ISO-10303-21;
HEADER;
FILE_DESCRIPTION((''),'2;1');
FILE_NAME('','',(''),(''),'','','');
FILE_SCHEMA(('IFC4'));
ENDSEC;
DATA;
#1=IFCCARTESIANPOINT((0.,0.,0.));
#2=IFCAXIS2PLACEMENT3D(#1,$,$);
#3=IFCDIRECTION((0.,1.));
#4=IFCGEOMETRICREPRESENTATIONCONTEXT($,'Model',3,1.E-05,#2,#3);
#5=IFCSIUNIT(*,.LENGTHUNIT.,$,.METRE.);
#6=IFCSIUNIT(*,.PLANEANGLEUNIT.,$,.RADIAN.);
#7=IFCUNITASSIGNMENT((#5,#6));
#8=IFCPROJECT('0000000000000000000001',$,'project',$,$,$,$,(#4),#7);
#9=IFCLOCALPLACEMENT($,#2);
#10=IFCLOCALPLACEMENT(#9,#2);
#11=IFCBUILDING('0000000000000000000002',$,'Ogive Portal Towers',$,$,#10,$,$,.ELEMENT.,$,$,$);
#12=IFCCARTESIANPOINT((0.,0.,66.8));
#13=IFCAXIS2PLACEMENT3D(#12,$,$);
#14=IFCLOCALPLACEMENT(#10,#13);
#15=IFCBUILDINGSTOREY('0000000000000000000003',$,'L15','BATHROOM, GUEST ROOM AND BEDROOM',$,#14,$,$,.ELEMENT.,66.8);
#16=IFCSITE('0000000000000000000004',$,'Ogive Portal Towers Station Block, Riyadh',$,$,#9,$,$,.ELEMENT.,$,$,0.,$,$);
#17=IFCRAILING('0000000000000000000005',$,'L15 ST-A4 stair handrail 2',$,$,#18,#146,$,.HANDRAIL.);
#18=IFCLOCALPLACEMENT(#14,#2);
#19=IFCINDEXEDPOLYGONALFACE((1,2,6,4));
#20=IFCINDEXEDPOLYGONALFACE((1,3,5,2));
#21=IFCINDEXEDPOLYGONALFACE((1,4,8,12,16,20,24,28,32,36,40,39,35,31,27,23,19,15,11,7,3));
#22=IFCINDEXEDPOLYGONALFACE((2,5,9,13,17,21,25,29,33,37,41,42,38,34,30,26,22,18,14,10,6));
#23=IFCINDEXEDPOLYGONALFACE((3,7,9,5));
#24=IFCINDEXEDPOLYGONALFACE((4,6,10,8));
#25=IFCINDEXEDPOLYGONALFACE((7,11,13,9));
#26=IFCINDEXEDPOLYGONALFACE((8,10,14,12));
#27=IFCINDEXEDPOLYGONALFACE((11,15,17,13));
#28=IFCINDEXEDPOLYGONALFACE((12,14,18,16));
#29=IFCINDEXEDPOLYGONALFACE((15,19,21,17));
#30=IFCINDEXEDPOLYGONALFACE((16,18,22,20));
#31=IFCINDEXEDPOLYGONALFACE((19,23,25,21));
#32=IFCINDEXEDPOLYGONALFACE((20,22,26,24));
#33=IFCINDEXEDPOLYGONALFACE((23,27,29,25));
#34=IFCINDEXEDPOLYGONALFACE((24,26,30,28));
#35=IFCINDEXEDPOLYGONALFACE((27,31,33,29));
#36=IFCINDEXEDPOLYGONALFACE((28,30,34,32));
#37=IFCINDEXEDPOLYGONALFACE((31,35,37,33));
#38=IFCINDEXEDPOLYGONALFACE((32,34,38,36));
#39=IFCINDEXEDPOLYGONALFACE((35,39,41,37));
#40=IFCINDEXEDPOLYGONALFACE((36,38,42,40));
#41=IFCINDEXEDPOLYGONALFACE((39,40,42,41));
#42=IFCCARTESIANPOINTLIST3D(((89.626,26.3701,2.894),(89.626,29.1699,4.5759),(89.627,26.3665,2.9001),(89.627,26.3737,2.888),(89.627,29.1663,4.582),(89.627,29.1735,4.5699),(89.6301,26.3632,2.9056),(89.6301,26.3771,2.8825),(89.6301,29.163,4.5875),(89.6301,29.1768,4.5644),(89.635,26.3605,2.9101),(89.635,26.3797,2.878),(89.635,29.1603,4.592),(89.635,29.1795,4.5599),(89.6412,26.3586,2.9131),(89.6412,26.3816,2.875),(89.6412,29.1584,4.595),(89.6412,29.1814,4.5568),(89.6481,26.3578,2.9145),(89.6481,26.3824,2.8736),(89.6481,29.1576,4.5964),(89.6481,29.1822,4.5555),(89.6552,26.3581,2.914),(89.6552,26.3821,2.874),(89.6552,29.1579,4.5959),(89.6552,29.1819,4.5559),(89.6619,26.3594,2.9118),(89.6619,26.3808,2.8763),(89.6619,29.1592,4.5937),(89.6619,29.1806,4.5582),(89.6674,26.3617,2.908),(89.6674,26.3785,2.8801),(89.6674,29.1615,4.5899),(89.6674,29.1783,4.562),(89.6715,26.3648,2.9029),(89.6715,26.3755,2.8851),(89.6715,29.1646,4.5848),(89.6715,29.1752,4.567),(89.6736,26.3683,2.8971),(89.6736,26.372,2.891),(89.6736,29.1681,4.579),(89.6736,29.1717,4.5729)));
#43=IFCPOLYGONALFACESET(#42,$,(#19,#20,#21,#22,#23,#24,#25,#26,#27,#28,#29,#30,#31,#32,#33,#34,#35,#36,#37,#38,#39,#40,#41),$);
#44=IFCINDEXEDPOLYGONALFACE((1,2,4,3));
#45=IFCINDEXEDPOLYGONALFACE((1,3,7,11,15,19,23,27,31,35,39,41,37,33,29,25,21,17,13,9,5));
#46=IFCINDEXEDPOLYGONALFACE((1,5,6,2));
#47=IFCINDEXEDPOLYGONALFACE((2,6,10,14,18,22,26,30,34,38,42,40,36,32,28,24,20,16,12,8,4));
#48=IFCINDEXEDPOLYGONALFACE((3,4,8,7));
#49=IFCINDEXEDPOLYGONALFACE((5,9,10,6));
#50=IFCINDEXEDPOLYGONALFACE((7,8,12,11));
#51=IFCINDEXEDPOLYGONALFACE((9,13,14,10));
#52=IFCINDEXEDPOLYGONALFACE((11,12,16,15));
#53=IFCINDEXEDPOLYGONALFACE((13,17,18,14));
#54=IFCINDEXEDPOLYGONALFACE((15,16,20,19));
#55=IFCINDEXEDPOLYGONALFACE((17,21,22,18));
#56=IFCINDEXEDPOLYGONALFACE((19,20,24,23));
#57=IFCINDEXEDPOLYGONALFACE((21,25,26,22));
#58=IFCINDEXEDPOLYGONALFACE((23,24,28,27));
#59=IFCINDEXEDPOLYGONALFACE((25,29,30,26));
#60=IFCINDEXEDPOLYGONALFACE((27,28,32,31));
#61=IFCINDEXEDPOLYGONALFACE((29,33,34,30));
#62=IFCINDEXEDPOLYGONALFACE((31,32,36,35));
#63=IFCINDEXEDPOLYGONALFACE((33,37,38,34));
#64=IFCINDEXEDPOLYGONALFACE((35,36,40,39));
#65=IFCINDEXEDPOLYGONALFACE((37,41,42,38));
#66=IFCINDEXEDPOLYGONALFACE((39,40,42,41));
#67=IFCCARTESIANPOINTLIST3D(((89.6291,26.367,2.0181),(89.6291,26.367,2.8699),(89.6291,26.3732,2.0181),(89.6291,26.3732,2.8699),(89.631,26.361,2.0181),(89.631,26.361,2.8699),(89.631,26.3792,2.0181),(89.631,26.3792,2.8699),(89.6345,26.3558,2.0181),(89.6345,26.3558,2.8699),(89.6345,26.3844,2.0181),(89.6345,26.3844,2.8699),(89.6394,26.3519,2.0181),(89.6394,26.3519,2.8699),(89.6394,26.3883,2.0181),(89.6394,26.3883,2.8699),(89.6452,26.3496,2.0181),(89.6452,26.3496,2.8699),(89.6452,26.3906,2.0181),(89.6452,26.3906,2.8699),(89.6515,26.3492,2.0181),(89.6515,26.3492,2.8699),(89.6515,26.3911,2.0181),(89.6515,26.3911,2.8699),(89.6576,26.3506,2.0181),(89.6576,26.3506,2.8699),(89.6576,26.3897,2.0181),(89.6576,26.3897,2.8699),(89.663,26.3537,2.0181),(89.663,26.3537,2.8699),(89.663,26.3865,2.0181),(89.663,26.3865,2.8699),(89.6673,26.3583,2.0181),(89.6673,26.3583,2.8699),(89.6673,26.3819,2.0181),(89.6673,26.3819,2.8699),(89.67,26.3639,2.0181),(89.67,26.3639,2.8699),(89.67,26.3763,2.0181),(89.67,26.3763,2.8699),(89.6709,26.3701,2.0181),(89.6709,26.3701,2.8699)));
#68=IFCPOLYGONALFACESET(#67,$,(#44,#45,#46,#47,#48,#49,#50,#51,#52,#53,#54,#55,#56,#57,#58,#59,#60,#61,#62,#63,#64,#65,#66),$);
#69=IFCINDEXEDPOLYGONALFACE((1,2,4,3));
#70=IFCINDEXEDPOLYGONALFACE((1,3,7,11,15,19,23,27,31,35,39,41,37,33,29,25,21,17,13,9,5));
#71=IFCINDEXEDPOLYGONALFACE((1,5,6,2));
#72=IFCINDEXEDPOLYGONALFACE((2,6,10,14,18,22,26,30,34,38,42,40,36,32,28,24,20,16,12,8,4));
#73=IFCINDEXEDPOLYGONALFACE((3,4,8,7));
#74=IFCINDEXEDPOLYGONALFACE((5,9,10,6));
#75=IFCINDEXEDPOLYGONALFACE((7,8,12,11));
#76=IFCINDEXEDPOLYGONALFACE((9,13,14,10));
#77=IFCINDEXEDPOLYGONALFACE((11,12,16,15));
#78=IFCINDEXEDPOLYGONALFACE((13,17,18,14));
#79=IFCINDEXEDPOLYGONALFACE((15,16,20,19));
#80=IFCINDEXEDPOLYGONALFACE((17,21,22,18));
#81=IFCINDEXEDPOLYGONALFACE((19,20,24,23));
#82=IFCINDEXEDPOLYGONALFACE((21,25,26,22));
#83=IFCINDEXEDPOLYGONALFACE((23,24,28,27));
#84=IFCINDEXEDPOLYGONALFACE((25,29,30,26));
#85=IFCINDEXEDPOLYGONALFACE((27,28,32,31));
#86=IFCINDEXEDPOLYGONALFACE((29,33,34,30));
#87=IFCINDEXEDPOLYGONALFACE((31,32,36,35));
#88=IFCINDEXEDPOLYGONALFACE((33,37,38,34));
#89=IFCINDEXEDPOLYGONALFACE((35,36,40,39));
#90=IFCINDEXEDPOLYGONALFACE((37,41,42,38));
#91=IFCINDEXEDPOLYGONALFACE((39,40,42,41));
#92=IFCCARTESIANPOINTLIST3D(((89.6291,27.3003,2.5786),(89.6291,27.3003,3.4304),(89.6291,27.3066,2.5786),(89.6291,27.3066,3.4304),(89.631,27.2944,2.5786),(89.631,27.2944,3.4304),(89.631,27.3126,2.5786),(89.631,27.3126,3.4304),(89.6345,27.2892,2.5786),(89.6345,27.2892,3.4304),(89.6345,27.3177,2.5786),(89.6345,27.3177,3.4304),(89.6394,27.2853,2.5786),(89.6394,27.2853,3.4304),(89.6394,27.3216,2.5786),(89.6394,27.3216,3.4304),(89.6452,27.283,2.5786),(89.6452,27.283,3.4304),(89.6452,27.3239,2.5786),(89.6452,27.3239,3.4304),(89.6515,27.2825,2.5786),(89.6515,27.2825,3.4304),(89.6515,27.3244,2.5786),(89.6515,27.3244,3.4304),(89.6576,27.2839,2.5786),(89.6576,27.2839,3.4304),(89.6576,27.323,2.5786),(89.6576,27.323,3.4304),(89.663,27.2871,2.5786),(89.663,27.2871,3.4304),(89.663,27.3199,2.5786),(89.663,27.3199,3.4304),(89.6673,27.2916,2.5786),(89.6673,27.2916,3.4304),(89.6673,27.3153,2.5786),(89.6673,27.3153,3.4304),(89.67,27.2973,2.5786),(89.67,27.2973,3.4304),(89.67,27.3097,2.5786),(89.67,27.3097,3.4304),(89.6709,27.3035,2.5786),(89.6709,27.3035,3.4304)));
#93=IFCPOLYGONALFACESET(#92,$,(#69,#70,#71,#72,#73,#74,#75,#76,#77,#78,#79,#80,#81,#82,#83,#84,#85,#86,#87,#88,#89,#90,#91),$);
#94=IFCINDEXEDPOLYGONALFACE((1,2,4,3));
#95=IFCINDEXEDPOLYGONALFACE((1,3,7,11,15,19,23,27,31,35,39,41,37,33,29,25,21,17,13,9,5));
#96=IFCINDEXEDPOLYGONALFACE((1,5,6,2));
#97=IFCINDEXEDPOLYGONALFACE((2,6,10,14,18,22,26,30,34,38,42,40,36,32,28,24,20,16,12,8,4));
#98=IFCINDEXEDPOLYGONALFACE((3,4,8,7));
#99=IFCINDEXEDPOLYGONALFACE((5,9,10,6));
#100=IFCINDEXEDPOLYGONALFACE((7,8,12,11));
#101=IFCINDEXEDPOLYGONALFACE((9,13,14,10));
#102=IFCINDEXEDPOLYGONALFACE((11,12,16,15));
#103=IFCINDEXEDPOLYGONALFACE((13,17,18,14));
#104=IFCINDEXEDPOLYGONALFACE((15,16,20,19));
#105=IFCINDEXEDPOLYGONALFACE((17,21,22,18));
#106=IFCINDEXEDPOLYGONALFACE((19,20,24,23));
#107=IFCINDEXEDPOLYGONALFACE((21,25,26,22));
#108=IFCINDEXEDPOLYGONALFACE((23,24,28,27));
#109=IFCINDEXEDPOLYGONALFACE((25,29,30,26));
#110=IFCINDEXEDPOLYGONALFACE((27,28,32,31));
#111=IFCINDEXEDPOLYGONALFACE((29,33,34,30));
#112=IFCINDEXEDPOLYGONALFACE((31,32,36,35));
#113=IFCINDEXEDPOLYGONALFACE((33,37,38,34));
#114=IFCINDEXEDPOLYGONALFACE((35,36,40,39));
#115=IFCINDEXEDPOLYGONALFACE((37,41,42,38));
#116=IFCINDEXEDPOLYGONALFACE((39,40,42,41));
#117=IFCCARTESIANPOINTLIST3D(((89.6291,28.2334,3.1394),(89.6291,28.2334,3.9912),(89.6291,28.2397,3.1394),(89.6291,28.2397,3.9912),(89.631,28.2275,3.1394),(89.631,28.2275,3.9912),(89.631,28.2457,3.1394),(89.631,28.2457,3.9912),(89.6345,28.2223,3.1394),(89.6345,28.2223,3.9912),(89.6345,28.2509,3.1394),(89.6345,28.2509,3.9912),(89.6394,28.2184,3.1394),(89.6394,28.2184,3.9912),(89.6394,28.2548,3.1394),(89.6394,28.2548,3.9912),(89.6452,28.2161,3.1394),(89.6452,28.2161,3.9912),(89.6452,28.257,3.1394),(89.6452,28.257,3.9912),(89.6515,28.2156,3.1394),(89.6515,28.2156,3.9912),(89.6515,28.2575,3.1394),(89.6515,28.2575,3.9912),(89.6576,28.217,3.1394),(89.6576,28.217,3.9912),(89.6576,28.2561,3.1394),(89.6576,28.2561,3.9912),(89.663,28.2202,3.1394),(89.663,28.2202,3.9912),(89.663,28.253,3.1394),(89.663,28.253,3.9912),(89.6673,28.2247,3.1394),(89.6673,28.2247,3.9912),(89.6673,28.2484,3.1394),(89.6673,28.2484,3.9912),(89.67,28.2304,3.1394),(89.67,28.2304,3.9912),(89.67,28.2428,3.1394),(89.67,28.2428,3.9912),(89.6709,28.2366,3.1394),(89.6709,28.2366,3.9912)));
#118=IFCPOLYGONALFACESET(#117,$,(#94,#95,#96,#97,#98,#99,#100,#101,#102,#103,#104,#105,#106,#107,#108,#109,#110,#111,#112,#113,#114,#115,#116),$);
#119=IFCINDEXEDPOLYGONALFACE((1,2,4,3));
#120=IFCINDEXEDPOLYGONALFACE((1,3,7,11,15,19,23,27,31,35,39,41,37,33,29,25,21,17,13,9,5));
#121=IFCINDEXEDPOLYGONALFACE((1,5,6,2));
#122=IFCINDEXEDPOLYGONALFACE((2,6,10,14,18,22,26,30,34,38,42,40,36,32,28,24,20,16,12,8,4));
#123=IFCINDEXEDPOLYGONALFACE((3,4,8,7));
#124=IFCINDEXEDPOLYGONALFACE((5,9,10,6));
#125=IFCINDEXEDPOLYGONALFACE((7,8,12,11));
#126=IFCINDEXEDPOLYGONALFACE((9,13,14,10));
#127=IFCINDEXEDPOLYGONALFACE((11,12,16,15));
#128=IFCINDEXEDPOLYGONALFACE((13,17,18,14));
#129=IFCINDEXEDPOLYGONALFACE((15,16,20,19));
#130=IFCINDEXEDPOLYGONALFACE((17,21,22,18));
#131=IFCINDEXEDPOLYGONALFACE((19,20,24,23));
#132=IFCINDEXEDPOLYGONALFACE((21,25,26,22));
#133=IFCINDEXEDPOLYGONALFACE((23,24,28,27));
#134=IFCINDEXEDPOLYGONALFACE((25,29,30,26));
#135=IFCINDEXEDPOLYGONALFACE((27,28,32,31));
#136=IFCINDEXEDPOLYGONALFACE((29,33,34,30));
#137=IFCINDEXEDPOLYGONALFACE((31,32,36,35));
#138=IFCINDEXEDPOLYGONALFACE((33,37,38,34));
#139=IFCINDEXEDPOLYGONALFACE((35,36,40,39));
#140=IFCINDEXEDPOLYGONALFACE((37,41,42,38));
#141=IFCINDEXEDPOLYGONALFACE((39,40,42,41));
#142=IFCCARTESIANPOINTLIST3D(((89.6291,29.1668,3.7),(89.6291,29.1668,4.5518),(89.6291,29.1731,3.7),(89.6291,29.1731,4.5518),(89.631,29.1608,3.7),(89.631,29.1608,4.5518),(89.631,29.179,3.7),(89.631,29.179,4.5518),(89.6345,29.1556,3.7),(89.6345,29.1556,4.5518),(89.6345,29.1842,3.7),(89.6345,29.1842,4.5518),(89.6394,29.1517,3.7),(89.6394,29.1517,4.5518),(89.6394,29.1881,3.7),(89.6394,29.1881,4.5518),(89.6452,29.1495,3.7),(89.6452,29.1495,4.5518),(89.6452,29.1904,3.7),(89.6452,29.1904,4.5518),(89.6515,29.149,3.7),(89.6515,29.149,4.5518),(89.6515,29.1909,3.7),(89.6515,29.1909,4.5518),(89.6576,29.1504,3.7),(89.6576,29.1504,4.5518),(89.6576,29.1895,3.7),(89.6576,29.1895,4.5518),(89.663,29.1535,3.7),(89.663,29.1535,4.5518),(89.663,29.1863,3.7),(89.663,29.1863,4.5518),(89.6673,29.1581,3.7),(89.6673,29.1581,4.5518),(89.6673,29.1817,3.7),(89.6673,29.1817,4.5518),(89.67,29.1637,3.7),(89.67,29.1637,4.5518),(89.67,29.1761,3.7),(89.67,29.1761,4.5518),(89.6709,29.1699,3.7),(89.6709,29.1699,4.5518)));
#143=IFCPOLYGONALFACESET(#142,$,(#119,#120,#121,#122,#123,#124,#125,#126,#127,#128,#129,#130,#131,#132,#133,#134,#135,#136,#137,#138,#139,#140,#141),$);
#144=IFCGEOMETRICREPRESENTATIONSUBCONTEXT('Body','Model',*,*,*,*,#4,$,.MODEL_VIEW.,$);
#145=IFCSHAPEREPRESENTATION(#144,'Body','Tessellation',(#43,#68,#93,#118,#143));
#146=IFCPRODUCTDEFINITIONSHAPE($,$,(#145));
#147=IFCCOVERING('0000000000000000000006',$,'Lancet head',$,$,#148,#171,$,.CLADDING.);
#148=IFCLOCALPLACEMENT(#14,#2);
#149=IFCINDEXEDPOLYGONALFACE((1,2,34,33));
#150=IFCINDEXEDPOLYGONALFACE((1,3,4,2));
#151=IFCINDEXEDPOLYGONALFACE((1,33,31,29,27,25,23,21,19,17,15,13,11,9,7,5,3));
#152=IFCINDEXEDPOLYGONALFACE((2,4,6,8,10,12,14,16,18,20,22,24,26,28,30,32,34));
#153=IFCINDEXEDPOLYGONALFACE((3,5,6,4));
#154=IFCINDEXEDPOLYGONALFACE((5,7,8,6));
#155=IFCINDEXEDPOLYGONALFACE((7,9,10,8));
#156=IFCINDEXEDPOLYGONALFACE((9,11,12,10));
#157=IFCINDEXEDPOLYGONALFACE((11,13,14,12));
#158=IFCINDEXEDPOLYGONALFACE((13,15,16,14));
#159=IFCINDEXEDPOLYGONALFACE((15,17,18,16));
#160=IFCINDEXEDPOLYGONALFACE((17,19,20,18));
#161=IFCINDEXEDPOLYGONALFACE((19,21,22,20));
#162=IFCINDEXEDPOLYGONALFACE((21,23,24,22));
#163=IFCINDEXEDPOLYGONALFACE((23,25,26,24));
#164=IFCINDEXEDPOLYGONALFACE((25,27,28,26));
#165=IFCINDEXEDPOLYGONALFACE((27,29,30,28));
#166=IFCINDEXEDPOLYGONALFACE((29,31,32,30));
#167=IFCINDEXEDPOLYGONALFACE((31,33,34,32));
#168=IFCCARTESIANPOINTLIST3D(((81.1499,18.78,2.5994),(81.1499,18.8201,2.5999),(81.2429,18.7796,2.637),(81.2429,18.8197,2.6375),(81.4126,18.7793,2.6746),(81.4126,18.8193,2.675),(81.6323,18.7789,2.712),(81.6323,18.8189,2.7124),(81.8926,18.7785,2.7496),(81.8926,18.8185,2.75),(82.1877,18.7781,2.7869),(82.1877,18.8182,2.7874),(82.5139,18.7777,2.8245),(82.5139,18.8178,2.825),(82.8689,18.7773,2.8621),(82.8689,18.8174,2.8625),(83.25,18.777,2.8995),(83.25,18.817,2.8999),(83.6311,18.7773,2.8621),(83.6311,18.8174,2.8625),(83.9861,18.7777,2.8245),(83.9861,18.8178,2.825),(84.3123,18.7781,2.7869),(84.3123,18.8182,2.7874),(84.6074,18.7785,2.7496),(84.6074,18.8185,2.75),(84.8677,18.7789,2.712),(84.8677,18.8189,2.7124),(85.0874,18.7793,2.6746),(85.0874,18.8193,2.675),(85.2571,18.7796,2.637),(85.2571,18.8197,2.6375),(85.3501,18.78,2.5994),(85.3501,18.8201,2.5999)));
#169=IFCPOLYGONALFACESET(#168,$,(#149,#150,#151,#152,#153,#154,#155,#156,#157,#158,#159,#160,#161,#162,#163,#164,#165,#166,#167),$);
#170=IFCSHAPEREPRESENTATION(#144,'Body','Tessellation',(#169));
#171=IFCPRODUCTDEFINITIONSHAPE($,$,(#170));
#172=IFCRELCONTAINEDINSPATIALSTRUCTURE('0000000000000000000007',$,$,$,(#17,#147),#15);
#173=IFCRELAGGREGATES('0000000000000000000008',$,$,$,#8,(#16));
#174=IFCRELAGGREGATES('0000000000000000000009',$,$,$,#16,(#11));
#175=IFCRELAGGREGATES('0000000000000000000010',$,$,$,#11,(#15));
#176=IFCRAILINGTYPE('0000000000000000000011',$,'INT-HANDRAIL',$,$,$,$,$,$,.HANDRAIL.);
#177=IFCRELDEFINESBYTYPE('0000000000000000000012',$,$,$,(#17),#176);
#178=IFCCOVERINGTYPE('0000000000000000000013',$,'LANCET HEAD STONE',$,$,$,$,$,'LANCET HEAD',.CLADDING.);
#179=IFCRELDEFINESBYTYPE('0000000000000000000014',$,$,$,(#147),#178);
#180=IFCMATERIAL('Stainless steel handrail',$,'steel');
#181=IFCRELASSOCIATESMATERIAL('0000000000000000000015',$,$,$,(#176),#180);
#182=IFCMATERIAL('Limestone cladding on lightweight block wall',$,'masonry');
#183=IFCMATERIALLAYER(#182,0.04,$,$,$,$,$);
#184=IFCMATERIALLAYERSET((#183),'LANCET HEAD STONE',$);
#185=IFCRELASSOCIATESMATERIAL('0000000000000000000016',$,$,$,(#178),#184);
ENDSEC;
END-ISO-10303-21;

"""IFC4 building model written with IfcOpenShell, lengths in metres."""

from ifc_helpers import new_model, si_unit, direction, frame, origin, origin_2d, place, context, subcontext, project, spatial, polyline, circle, outline, extrude, material, layer, layer_set, type_object, element, save


model = new_model("IFC4")

# Units and contexts
model_context = context("Model", 3, precision=1e-05, world=origin(), true_north=direction((0.0, 1.0)))
body_context = subcontext(model_context, "Body", "Model", "MODEL_VIEW")
ifc_project = project(units=[si_unit("LENGTHUNIT", "METRE"), si_unit("PLANEANGLEUNIT", "RADIAN")], contexts=[model_context])

# Site, building, storey
site_placement = place(None, origin())
site = spatial("IfcSite", under=ifc_project, at=site_placement, Name="Ogive Portal Towers Station Block, Riyadh", CompositionType="ELEMENT", RefElevation=0.0)
building_placement = place(site_placement, origin())
building = spatial("IfcBuilding", under=site, at=building_placement, Name="Ogive Portal Towers", CompositionType="ELEMENT")
storey_placement = place(building_placement, frame((0.0, 0.0, 66.8)))
storey = spatial("IfcBuildingStorey", under=building, at=storey_placement, Name="L15", Description="BATHROOM, GUEST ROOM AND BEDROOM", CompositionType="ELEMENT", Elevation=66.8)

# Railing
ifc_material_1 = material(Name="Stainless steel handrail", Category="steel")
railing_type_1 = type_object("IfcRailingType", Name="INT-HANDRAIL", PredefinedType="HANDRAIL", material=ifc_material_1)
railing_1_placement = place(storey_placement, frame((89.6499, 26.3701, 2.0181)))
element("IfcRailing", 1, at=railing_1_placement, inside=storey, type_object=railing_type_1, Name="L15 ST-A4 stair handrail 2", PredefinedType="HANDRAIL", context=body_context, shape_type="SweptSolid", body=[
    extrude(circle(Radius=0.0239, at=origin_2d()), frame((0.0, 0.0, 0.876), z_axis=(0.0, 0.857222, 0.514946), x_axis=(-1.0, 0.0, 0.0)), (0.0, 0.0, 1.0), 3.2661),
    extrude(circle(Radius=0.021, at=origin_2d()), origin(), (0.0, 0.0, 1.0), 0.8518),
    extrude(circle(Radius=0.021, at=origin_2d()), frame((0.0, 0.9333, 0.5605)), (0.0, 0.0, 1.0), 0.8518),
    extrude(circle(Radius=0.021, at=origin_2d()), frame((0.0, 1.8665, 1.1213)), (0.0, 0.0, 1.0), 0.8518),
    extrude(circle(Radius=0.021, at=origin_2d()), frame((0.0, 2.7998, 1.6819)), (0.0, 0.0, 1.0), 0.8518),
])

# Covering
ifc_material_2 = material(Name="Limestone cladding on lightweight block wall", Category="masonry")
ifc_layer_1 = layer(ifc_material_2, 0.04)
ifc_layer_set_1 = layer_set([ifc_layer_1], Name="LANCET HEAD STONE")
covering_type = type_object("IfcCoveringType", Name="LANCET HEAD STONE", ElementType="LANCET HEAD", PredefinedType="CLADDING", material=ifc_layer_set_1)
covering_placement = place(storey_placement, frame((81.1499, 18.8201, 2.5999), z_axis=(0.0, 0.999948, 0.010223), x_axis=(1.0, 0.0, 0.0)))
element("IfcCovering", 2, at=covering_placement, inside=storey, type_object=covering_type, Name="Lancet head", PredefinedType="CLADDING", context=body_context, shape_type="SweptSolid", body=[
    extrude(outline(polyline([(0.0, 0.0), (4.2002, 0.0), (4.1072, -0.0376), (3.9375, -0.0752), (3.7178, -0.1126), (3.4575, -0.1502), (3.1624, -0.1875), (2.8362, -0.2251), (2.4812, -0.2627), (2.1001, -0.3001), (1.719, -0.2627), (1.364, -0.2251), (1.0378, -0.1875), (0.7427, -0.1502), (0.4824, -0.1126), (0.2627, -0.0752), (0.093, -0.0376), (0.0, 0.0)])), origin(), (0.0, 0.0, -1.0), 0.04),
])

save(model, "model.ifc")
